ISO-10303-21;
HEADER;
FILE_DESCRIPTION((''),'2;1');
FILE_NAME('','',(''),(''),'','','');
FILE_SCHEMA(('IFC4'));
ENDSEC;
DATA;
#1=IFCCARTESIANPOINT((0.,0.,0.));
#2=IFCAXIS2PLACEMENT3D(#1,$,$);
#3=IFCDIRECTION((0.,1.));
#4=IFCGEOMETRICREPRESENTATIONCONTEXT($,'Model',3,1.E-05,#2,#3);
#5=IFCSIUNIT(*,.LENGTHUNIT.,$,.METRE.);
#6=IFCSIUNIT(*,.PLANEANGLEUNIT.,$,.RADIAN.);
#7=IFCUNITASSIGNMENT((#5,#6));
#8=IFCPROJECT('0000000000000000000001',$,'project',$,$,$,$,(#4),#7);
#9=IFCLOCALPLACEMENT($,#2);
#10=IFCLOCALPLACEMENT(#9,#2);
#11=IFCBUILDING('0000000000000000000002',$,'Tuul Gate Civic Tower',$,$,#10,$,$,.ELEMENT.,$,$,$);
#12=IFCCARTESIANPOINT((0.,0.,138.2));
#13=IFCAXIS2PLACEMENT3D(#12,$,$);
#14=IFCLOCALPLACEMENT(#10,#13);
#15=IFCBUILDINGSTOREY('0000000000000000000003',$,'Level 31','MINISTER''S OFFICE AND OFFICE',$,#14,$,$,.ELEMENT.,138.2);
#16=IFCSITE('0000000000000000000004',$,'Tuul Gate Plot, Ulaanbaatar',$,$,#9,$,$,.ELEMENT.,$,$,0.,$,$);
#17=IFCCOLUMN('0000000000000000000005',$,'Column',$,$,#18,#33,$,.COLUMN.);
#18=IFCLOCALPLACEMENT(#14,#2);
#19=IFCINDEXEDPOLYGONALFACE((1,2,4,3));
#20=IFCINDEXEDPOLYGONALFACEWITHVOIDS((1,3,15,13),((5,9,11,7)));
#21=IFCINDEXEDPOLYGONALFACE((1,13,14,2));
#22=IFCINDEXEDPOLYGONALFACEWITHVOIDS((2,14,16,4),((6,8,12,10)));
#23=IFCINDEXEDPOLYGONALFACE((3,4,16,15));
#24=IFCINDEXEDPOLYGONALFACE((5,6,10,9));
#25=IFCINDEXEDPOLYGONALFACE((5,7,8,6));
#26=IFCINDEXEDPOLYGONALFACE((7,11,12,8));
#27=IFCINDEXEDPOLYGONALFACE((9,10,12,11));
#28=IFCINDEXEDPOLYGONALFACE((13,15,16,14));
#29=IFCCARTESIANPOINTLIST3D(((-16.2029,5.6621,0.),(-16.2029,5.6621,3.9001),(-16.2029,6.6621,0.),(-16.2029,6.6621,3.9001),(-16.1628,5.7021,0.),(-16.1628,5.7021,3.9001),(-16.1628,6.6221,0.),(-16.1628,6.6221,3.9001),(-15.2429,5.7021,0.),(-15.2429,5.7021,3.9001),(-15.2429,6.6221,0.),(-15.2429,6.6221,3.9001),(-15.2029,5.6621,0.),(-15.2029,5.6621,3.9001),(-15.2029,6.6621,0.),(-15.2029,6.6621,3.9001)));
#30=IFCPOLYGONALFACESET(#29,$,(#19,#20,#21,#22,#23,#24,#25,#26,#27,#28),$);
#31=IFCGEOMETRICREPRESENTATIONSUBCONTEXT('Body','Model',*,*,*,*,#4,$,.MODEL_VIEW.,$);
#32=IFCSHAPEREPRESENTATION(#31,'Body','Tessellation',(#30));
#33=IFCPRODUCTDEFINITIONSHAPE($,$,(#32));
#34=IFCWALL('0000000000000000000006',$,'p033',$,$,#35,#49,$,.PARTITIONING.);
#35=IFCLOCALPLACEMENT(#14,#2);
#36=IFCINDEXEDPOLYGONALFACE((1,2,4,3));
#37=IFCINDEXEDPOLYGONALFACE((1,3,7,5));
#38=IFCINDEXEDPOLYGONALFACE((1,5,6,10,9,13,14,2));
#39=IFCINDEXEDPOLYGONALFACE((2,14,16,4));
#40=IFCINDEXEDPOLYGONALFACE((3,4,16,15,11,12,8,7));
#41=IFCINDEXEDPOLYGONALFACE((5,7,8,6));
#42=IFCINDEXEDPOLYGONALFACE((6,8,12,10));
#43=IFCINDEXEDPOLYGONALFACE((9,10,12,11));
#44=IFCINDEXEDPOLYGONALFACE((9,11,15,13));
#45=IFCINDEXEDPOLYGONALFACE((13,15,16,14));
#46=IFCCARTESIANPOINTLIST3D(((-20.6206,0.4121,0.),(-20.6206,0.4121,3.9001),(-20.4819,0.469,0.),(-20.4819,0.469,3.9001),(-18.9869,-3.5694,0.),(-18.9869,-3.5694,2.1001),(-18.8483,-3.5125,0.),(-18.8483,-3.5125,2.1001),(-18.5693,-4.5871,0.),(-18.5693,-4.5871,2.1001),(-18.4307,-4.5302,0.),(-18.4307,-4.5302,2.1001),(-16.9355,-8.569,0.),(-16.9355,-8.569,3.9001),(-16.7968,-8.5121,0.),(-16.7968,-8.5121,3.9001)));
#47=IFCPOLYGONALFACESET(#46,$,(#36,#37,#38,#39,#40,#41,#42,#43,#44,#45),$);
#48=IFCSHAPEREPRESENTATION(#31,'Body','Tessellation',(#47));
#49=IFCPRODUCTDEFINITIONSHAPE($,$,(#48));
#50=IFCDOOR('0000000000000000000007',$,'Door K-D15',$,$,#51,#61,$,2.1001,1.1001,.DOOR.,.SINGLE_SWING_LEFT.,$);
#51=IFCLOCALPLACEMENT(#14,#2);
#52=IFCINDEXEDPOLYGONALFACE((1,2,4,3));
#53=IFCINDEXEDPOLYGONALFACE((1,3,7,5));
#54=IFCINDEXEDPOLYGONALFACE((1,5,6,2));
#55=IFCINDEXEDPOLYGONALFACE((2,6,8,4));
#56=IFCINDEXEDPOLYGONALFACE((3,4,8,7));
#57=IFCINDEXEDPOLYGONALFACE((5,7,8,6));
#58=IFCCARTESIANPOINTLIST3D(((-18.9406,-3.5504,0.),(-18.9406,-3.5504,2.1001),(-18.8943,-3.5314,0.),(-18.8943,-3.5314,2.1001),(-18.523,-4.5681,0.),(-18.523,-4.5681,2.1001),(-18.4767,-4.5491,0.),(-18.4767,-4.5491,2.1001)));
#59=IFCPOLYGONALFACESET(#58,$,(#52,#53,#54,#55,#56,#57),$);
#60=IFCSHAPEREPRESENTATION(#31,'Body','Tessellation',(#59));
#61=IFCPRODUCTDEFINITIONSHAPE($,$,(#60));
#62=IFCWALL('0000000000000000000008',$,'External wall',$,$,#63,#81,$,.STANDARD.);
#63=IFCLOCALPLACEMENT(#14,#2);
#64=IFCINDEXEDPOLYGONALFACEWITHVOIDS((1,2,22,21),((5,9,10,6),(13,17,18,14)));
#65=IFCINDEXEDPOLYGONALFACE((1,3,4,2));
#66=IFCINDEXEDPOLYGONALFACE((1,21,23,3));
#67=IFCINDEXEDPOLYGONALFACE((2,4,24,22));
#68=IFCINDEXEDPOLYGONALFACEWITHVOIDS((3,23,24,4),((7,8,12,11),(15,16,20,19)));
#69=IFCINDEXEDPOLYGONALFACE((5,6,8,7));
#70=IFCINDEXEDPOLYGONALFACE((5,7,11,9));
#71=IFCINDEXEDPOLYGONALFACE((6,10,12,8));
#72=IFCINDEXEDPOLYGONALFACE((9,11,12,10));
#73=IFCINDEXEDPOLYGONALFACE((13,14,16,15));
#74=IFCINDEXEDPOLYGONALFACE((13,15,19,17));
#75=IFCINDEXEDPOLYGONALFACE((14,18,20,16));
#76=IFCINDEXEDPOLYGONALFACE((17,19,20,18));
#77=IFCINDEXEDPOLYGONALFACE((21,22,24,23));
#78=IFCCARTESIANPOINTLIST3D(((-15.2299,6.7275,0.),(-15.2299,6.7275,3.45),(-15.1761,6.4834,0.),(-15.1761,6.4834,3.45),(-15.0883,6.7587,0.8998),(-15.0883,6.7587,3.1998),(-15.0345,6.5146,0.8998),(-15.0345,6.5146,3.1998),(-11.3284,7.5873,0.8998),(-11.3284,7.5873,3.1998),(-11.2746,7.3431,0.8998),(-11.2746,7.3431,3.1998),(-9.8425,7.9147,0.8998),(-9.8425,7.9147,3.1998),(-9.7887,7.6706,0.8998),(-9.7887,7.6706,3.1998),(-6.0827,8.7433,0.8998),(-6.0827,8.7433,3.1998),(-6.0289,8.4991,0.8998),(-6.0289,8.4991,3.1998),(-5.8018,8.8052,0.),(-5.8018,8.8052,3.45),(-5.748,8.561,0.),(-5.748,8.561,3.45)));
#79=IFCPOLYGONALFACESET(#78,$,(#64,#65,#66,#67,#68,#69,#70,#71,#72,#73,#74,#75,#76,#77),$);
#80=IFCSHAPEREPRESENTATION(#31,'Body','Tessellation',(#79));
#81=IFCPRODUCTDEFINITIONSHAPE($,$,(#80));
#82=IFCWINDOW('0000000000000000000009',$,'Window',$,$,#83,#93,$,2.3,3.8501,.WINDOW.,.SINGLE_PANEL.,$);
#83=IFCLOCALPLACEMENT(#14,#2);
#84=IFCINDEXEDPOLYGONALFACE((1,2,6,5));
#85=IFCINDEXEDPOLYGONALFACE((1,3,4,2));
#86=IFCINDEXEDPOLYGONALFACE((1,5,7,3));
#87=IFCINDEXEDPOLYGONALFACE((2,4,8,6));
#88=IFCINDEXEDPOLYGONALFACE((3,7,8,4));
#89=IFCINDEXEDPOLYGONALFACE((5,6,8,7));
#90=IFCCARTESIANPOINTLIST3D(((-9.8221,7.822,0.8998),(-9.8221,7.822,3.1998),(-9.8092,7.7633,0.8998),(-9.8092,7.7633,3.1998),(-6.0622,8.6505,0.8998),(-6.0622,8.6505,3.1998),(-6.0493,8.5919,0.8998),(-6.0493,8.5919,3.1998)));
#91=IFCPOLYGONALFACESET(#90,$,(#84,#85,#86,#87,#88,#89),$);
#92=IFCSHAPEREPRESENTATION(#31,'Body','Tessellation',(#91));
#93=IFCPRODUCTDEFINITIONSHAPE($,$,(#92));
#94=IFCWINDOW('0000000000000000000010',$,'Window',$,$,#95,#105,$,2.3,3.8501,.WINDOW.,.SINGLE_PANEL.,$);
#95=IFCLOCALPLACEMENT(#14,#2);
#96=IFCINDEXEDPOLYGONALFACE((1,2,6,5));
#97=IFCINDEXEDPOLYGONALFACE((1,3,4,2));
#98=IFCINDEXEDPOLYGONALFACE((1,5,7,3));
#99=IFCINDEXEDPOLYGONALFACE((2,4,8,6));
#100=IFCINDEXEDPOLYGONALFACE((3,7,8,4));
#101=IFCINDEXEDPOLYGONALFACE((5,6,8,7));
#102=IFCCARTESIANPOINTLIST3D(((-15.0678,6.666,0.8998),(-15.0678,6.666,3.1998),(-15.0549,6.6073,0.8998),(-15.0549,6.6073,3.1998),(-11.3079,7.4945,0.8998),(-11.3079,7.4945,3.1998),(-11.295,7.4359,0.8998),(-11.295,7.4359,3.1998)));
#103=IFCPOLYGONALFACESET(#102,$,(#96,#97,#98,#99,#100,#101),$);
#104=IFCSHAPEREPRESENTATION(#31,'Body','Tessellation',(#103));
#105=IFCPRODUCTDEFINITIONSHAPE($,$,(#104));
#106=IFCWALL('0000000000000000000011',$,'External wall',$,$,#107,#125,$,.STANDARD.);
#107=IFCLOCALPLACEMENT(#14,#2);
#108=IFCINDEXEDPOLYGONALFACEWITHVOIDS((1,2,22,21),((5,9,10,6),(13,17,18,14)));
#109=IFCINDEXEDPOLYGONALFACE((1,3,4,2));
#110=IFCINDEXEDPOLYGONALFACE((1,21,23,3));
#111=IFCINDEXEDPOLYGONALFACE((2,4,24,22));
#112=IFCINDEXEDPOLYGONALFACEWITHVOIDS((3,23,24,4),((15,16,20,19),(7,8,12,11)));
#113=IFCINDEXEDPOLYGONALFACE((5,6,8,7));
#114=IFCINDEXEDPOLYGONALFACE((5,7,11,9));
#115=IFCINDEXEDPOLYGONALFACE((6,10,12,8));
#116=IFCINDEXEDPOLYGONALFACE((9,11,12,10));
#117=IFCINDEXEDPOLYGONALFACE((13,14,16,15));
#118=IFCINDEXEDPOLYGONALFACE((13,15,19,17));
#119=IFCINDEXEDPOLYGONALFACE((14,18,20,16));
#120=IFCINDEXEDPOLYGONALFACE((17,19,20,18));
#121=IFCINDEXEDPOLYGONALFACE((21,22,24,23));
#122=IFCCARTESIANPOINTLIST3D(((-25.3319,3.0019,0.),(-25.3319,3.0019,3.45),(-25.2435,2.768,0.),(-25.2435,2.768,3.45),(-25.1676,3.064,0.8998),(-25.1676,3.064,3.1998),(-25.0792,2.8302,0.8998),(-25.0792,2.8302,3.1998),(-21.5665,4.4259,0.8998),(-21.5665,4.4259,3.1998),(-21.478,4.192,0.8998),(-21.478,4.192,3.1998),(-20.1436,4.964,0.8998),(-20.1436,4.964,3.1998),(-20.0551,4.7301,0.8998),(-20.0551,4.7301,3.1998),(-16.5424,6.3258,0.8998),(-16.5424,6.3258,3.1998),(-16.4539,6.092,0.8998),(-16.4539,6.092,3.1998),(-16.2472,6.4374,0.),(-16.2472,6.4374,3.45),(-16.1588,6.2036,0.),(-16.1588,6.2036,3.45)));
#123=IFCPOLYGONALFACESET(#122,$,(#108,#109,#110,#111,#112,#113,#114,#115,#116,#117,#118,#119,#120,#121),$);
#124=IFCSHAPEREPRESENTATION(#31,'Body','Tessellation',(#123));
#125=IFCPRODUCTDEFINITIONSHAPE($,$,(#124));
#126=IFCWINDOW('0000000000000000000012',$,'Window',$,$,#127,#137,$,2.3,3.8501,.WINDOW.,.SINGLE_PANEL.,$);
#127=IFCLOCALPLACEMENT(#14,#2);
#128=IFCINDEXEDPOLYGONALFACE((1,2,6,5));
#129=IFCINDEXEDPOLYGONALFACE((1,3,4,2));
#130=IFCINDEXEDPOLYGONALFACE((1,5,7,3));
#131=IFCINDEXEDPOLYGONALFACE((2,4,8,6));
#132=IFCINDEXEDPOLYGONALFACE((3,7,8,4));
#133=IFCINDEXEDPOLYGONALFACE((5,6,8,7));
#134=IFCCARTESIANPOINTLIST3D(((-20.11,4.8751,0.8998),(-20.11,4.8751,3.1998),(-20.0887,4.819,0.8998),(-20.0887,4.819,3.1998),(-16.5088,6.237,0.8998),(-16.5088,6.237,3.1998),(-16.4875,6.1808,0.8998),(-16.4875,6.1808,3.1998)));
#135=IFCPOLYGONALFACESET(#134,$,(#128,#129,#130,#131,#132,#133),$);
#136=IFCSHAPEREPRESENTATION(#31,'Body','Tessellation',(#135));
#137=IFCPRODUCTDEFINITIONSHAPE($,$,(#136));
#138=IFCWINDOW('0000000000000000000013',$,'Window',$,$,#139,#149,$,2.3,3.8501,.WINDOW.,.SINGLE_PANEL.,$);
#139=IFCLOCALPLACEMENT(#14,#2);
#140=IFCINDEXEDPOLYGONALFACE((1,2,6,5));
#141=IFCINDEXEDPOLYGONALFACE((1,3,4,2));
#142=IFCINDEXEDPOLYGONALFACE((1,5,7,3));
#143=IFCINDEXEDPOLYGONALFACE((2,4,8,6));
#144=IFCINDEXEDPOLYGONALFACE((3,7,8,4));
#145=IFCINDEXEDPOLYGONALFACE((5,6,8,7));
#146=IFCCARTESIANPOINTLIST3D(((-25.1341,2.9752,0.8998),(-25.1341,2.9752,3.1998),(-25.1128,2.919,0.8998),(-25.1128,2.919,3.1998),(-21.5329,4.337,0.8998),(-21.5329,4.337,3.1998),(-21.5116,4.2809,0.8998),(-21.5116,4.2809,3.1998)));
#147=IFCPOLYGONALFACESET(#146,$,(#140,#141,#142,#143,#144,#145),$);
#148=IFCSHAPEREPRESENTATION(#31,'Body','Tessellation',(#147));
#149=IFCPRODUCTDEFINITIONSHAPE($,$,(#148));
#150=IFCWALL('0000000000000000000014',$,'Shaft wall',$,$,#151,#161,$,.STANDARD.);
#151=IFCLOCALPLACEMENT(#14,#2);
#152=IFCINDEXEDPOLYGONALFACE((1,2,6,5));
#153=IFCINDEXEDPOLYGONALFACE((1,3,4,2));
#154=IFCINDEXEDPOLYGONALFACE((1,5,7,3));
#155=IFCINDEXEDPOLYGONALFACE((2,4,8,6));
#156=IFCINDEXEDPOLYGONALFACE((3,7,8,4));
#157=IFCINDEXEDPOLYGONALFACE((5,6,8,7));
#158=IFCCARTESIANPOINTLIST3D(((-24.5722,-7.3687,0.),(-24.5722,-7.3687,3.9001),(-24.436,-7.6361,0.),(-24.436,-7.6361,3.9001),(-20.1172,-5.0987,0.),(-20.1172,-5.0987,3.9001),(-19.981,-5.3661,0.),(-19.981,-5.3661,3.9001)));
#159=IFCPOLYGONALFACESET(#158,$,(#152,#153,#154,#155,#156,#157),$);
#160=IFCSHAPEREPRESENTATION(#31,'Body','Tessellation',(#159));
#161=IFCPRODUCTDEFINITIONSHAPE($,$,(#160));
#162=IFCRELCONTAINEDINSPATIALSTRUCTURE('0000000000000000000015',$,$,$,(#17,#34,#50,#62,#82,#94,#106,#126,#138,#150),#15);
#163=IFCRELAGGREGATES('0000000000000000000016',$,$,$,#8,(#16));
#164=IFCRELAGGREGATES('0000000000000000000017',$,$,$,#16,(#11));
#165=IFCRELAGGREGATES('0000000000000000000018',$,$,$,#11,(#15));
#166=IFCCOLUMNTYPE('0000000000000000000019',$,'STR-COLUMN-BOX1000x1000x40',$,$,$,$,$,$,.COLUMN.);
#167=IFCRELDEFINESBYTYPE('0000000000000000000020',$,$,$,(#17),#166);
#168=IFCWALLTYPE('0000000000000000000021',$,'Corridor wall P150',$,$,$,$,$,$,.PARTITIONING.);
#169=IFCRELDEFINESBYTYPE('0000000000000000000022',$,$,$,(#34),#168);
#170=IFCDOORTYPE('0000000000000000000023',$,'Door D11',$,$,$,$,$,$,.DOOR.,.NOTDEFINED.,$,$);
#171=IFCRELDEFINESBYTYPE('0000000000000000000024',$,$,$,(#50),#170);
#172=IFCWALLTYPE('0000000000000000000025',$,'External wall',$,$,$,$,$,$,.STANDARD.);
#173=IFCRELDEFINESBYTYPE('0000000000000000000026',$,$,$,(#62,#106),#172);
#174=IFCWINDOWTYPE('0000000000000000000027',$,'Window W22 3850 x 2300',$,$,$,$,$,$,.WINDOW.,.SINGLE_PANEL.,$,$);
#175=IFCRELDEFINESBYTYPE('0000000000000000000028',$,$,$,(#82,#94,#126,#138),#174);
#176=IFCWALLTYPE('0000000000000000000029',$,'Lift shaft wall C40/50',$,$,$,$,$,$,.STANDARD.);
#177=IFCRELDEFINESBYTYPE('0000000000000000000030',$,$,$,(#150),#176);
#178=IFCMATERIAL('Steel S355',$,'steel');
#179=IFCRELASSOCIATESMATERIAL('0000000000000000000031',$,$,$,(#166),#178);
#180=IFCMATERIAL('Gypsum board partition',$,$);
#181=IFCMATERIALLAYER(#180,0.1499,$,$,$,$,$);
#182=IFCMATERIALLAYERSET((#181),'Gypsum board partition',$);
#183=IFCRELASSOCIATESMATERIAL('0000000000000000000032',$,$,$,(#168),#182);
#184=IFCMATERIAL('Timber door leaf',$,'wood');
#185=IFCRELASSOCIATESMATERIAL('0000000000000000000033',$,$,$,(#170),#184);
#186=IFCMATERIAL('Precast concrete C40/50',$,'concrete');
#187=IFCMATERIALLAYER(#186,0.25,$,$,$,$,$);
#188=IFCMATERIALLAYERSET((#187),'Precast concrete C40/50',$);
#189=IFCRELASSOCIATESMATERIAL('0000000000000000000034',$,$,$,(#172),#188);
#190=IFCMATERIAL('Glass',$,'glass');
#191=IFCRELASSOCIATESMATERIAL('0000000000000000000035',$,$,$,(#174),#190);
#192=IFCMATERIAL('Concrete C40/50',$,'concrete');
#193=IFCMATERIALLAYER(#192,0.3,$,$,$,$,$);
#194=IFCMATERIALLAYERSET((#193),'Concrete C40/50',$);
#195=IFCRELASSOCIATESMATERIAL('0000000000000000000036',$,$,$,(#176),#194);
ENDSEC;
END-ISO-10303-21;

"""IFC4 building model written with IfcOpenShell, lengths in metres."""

from ifc_helpers import new_model, si_unit, direction, frame, frame_2d, origin, origin_2d, place, context, subcontext, project, spatial, rectangle, hollow_rectangle, extrude, material, layer, layer_set, material_profile, profile_set, type_object, element, fill, save


model = new_model("IFC4")

# Units and contexts
model_context = context("Model", 3, precision=1e-05, world=origin(), true_north=direction((0.0, 1.0)))
body_context = subcontext(model_context, "Body", "Model", "MODEL_VIEW")
ifc_project = project(units=[si_unit("LENGTHUNIT", "METRE"), si_unit("PLANEANGLEUNIT", "RADIAN")], contexts=[model_context])

# Site, building, storey
site_placement = place(None, origin())
site = spatial("IfcSite", under=ifc_project, at=site_placement, Name="Tuul Gate Plot, Ulaanbaatar", CompositionType="ELEMENT", RefElevation=0.0)
building_placement = place(site_placement, origin())
building = spatial("IfcBuilding", under=site, at=building_placement, Name="Tuul Gate Civic Tower", CompositionType="ELEMENT")
storey_placement = place(building_placement, frame((0.0, 0.0, 138.2)))
storey = spatial("IfcBuildingStorey", under=building, at=storey_placement, Name="Level 31", Description="MINISTER'S OFFICE AND OFFICE", CompositionType="ELEMENT", Elevation=138.2)

# Column
ifc_material_1 = material(Name="Steel S355", Category="steel")
ifc_material_profile = material_profile(ifc_material_1, hollow_rectangle(XDim=1.0, YDim=1.0, WallThickness=0.04, at=origin_2d()), Name="BOX1000x1000x40")
ifc_profile_set = profile_set([ifc_material_profile], Name="Steel S355")
column_type = type_object("IfcColumnType", Name="STR-COLUMN-BOX1000x1000x40", PredefinedType="COLUMN", material=ifc_profile_set)
column_placement = place(storey_placement, frame((-15.7029, 6.1621, 0.0), z_axis=(0.0, 0.0, 1.0), x_axis=(1.0, 0.0, 0.0)))
element("IfcColumn", 1, at=column_placement, inside=storey, type_object=column_type, Name="Column", PredefinedType="COLUMN", context=body_context, shape_type="SweptSolid", body=[
    extrude(hollow_rectangle(XDim=1.0, YDim=1.0, WallThickness=0.04, at=origin_2d()), origin(), (0.0, 0.0, 1.0), 3.9001),
])

# Wall, opening, door
ifc_material_2 = material(Name="Gypsum board partition")
ifc_layer_1 = layer(ifc_material_2, 0.1499)
ifc_layer_set_1 = layer_set([ifc_layer_1], Name="Gypsum board partition")
wall_type_1 = type_object("IfcWallType", Name="Corridor wall P150", PredefinedType="PARTITIONING", material=ifc_layer_set_1)
wall_1_placement = place(storey_placement, frame((-20.5513, 0.4407, 0.0), z_axis=(0.0, 0.0, 1.0), x_axis=(0.379597, -0.925152, 0.0)))
wall_1 = element("IfcWall", 2, at=wall_1_placement, inside=storey, type_object=wall_type_1, Name="p033", PredefinedType="PARTITIONING", context=body_context, shape_type="SweptSolid", body=[
    extrude(rectangle(XDim=9.7078, YDim=0.1499, at=frame_2d((4.854, 0.0))), origin(), (0.0, 0.0, 1.0), 3.9001),
])
opening_1_placement = place(wall_1_placement, frame((4.3037, 0.0, 0.0)))
opening_1 = element("IfcOpeningElement", 3, at=opening_1_placement, cuts=wall_1, PredefinedType="OPENING", context=body_context, shape_type="SweptSolid", body=[
    extrude(rectangle(XDim=1.1001, YDim=2.1001, at=frame_2d((0.55, 1.05))), frame((0.0, 0.085, 0.0), z_axis=(0.0, -1.0, 0.0), x_axis=(1.0, 0.0, 0.0)), (0.0, 0.0, 1.0), 0.1699),
])
ifc_material_3 = material(Name="Timber door leaf", Category="wood")
door_type_1 = type_object("IfcDoorType", Name="Door D11", OperationType="NOTDEFINED", PredefinedType="DOOR", material=ifc_material_3)
door_1_placement = place(opening_1_placement, frame((1.1001, 0.0, 0.0), z_axis=(0.0, 0.0, 1.0), x_axis=(-1.0, 0.0, 0.0)))
door_1 = element("IfcDoor", 4, at=door_1_placement, inside=storey, type_object=door_type_1, Name="Door K-D15", OperationType="SINGLE_SWING_LEFT", OverallHeight=2.1001, OverallWidth=1.1001, PredefinedType="DOOR", context=body_context, shape_type="SweptSolid", body=[
    extrude(rectangle(XDim=1.1001, YDim=2.1001, at=frame_2d((0.55, 1.05))), frame((0.0, 0.0249, 0.0), z_axis=(0.0, -1.0, 0.0), x_axis=(1.0, 0.0, 0.0)), (0.0, 0.0, 1.0), 0.05),
])
fill(opening_1, door_1)

# Walls, openings, windows
ifc_material_4 = material(Name="Precast concrete C40/50", Category="concrete")
ifc_layer_2 = layer(ifc_material_4, 0.25)
ifc_layer_set_2 = layer_set([ifc_layer_2], Name="Precast concrete C40/50")
wall_type_2 = type_object("IfcWallType", Name="External wall", PredefinedType="STANDARD", material=ifc_layer_set_2)
wall_2_placement = place(storey_placement, frame((-5.7749, 8.6831, 0.0), z_axis=(0.0, 0.0, 1.0), x_axis=(-0.976569, -0.215206, 0.0)))
wall_2 = element("IfcWall", 5, at=wall_2_placement, inside=storey, type_object=wall_type_2, Name="External wall", PredefinedType="STANDARD", context=body_context, shape_type="SweptSolid", body=[
    extrude(rectangle(XDim=9.6543, YDim=0.25, at=frame_2d((4.8271, 0.0))), origin(), (0.0, 0.0, 1.0), 3.45),
])
opening_2_placement = place(wall_2_placement, frame((0.2876, 0.0, 0.8999)))
opening_2 = element("IfcOpeningElement", 6, at=opening_2_placement, cuts=wall_2, PredefinedType="OPENING", context=body_context, shape_type="SweptSolid", body=[
    extrude(rectangle(XDim=3.8501, YDim=2.3, at=frame_2d((1.925, 1.1499))), frame((0.0, 0.135, 0.0), z_axis=(0.0, -1.0, 0.0), x_axis=(1.0, 0.0, 0.0)), (0.0, 0.0, 1.0), 0.27),
])
opening_3_placement = place(wall_2_placement, frame((5.6592, 0.0, 0.8999)))
opening_3 = element("IfcOpeningElement", 7, at=opening_3_placement, cuts=wall_2, PredefinedType="OPENING", context=body_context, shape_type="SweptSolid", body=[
    extrude(rectangle(XDim=3.8501, YDim=2.3, at=frame_2d((1.925, 1.1499))), frame((0.0, 0.135, 0.0), z_axis=(0.0, -1.0, 0.0), x_axis=(1.0, 0.0, 0.0)), (0.0, 0.0, 1.0), 0.27),
])
ifc_material_5 = material(Name="Glass", Category="glass")
window_type = type_object("IfcWindowType", Name="Window W22 3850 x 2300", PartitioningType="SINGLE_PANEL", PredefinedType="WINDOW", material=ifc_material_5)
window_1_placement = place(opening_2_placement, origin())
window_1 = element("IfcWindow", 8, at=window_1_placement, inside=storey, type_object=window_type, Name="Window", OverallHeight=2.3, OverallWidth=3.8501, PartitioningType="SINGLE_PANEL", PredefinedType="WINDOW", context=body_context, shape_type="SweptSolid", body=[
    extrude(rectangle(XDim=3.8501, YDim=2.3, at=frame_2d((1.925, 1.1499))), frame((0.0, 0.03, 0.0), z_axis=(0.0, -1.0, 0.0), x_axis=(1.0, 0.0, 0.0)), (0.0, 0.0, 1.0), 0.0601),
])
fill(opening_2, window_1)
window_2_placement = place(opening_3_placement, origin())
window_2 = element("IfcWindow", 9, at=window_2_placement, inside=storey, type_object=window_type, Name="Window", OverallHeight=2.3, OverallWidth=3.8501, PartitioningType="SINGLE_PANEL", PredefinedType="WINDOW", context=body_context, shape_type="SweptSolid", body=[
    extrude(rectangle(XDim=3.8501, YDim=2.3, at=frame_2d((1.925, 1.1499))), frame((0.0, 0.03, 0.0), z_axis=(0.0, -1.0, 0.0), x_axis=(1.0, 0.0, 0.0)), (0.0, 0.0, 1.0), 0.0601),
])
fill(opening_3, window_2)
wall_3_placement = place(storey_placement, frame((-16.2029, 6.3206, 0.0), z_axis=(0.0, 0.0, 1.0), x_axis=(-0.935351, -0.35372, 0.0)))
wall_3 = element("IfcWall", 10, at=wall_3_placement, inside=storey, type_object=wall_type_2, Name="External wall", PredefinedType="STANDARD", context=body_context, shape_type="SweptSolid", body=[
    extrude(rectangle(XDim=9.7126, YDim=0.25, at=frame_2d((4.8564, 0.0))), origin(), (0.0, 0.0, 1.0), 3.45),
])
opening_4_placement = place(wall_3_placement, frame((0.3157, 0.0, 0.8999)))
opening_4 = element("IfcOpeningElement", 11, at=opening_4_placement, cuts=wall_3, PredefinedType="OPENING", context=body_context, shape_type="SweptSolid", body=[
    extrude(rectangle(XDim=3.8501, YDim=2.3, at=frame_2d((1.925, 1.1499))), frame((0.0, 0.135, 0.0), z_axis=(0.0, -1.0, 0.0), x_axis=(1.0, 0.0, 0.0)), (0.0, 0.0, 1.0), 0.27),
])
opening_5_placement = place(wall_3_placement, frame((5.687, 0.0, 0.8999)))
opening_5 = element("IfcOpeningElement", 12, at=opening_5_placement, cuts=wall_3, PredefinedType="OPENING", context=body_context, shape_type="SweptSolid", body=[
    extrude(rectangle(XDim=3.8501, YDim=2.3, at=frame_2d((1.925, 1.1499))), frame((0.0, 0.135, 0.0), z_axis=(0.0, -1.0, 0.0), x_axis=(1.0, 0.0, 0.0)), (0.0, 0.0, 1.0), 0.27),
])
window_3_placement = place(opening_4_placement, origin())
window_3 = element("IfcWindow", 13, at=window_3_placement, inside=storey, type_object=window_type, Name="Window", OverallHeight=2.3, OverallWidth=3.8501, PartitioningType="SINGLE_PANEL", PredefinedType="WINDOW", context=body_context, shape_type="SweptSolid", body=[
    extrude(rectangle(XDim=3.8501, YDim=2.3, at=frame_2d((1.925, 1.1499))), frame((0.0, 0.03, 0.0), z_axis=(0.0, -1.0, 0.0), x_axis=(1.0, 0.0, 0.0)), (0.0, 0.0, 1.0), 0.0601),
])
fill(opening_4, window_3)
window_4_placement = place(opening_5_placement, origin())
window_4 = element("IfcWindow", 14, at=window_4_placement, inside=storey, type_object=window_type, Name="Window", OverallHeight=2.3, OverallWidth=3.8501, PartitioningType="SINGLE_PANEL", PredefinedType="WINDOW", context=body_context, shape_type="SweptSolid", body=[
    extrude(rectangle(XDim=3.8501, YDim=2.3, at=frame_2d((1.925, 1.1499))), frame((0.0, 0.03, 0.0), z_axis=(0.0, -1.0, 0.0), x_axis=(1.0, 0.0, 0.0)), (0.0, 0.0, 1.0), 0.0601),
])
fill(opening_5, window_4)

# Wall
ifc_material_6 = material(Name="Concrete C40/50", Category="concrete")
ifc_layer_3 = layer(ifc_material_6, 0.3)
ifc_layer_set_3 = layer_set([ifc_layer_3], Name="Concrete C40/50")
wall_type_3 = type_object("IfcWallType", Name="Lift shaft wall C40/50", PredefinedType="STANDARD", material=ifc_layer_set_3)
wall_4_placement = place(storey_placement, frame((-20.0491, -5.2324, 0.0), z_axis=(0.0, 0.0, 1.0), x_axis=(-0.891003, -0.453997, 0.0)))
element("IfcWall", 15, at=wall_4_placement, inside=storey, type_object=wall_type_3, Name="Shaft wall", PredefinedType="STANDARD", context=body_context, shape_type="SweptSolid", body=[
    extrude(rectangle(XDim=5.0, YDim=0.3, at=frame_2d((2.5, 0.0))), origin(), (0.0, 0.0, 1.0), 3.9001),
])

save(model, "model.ifc")
